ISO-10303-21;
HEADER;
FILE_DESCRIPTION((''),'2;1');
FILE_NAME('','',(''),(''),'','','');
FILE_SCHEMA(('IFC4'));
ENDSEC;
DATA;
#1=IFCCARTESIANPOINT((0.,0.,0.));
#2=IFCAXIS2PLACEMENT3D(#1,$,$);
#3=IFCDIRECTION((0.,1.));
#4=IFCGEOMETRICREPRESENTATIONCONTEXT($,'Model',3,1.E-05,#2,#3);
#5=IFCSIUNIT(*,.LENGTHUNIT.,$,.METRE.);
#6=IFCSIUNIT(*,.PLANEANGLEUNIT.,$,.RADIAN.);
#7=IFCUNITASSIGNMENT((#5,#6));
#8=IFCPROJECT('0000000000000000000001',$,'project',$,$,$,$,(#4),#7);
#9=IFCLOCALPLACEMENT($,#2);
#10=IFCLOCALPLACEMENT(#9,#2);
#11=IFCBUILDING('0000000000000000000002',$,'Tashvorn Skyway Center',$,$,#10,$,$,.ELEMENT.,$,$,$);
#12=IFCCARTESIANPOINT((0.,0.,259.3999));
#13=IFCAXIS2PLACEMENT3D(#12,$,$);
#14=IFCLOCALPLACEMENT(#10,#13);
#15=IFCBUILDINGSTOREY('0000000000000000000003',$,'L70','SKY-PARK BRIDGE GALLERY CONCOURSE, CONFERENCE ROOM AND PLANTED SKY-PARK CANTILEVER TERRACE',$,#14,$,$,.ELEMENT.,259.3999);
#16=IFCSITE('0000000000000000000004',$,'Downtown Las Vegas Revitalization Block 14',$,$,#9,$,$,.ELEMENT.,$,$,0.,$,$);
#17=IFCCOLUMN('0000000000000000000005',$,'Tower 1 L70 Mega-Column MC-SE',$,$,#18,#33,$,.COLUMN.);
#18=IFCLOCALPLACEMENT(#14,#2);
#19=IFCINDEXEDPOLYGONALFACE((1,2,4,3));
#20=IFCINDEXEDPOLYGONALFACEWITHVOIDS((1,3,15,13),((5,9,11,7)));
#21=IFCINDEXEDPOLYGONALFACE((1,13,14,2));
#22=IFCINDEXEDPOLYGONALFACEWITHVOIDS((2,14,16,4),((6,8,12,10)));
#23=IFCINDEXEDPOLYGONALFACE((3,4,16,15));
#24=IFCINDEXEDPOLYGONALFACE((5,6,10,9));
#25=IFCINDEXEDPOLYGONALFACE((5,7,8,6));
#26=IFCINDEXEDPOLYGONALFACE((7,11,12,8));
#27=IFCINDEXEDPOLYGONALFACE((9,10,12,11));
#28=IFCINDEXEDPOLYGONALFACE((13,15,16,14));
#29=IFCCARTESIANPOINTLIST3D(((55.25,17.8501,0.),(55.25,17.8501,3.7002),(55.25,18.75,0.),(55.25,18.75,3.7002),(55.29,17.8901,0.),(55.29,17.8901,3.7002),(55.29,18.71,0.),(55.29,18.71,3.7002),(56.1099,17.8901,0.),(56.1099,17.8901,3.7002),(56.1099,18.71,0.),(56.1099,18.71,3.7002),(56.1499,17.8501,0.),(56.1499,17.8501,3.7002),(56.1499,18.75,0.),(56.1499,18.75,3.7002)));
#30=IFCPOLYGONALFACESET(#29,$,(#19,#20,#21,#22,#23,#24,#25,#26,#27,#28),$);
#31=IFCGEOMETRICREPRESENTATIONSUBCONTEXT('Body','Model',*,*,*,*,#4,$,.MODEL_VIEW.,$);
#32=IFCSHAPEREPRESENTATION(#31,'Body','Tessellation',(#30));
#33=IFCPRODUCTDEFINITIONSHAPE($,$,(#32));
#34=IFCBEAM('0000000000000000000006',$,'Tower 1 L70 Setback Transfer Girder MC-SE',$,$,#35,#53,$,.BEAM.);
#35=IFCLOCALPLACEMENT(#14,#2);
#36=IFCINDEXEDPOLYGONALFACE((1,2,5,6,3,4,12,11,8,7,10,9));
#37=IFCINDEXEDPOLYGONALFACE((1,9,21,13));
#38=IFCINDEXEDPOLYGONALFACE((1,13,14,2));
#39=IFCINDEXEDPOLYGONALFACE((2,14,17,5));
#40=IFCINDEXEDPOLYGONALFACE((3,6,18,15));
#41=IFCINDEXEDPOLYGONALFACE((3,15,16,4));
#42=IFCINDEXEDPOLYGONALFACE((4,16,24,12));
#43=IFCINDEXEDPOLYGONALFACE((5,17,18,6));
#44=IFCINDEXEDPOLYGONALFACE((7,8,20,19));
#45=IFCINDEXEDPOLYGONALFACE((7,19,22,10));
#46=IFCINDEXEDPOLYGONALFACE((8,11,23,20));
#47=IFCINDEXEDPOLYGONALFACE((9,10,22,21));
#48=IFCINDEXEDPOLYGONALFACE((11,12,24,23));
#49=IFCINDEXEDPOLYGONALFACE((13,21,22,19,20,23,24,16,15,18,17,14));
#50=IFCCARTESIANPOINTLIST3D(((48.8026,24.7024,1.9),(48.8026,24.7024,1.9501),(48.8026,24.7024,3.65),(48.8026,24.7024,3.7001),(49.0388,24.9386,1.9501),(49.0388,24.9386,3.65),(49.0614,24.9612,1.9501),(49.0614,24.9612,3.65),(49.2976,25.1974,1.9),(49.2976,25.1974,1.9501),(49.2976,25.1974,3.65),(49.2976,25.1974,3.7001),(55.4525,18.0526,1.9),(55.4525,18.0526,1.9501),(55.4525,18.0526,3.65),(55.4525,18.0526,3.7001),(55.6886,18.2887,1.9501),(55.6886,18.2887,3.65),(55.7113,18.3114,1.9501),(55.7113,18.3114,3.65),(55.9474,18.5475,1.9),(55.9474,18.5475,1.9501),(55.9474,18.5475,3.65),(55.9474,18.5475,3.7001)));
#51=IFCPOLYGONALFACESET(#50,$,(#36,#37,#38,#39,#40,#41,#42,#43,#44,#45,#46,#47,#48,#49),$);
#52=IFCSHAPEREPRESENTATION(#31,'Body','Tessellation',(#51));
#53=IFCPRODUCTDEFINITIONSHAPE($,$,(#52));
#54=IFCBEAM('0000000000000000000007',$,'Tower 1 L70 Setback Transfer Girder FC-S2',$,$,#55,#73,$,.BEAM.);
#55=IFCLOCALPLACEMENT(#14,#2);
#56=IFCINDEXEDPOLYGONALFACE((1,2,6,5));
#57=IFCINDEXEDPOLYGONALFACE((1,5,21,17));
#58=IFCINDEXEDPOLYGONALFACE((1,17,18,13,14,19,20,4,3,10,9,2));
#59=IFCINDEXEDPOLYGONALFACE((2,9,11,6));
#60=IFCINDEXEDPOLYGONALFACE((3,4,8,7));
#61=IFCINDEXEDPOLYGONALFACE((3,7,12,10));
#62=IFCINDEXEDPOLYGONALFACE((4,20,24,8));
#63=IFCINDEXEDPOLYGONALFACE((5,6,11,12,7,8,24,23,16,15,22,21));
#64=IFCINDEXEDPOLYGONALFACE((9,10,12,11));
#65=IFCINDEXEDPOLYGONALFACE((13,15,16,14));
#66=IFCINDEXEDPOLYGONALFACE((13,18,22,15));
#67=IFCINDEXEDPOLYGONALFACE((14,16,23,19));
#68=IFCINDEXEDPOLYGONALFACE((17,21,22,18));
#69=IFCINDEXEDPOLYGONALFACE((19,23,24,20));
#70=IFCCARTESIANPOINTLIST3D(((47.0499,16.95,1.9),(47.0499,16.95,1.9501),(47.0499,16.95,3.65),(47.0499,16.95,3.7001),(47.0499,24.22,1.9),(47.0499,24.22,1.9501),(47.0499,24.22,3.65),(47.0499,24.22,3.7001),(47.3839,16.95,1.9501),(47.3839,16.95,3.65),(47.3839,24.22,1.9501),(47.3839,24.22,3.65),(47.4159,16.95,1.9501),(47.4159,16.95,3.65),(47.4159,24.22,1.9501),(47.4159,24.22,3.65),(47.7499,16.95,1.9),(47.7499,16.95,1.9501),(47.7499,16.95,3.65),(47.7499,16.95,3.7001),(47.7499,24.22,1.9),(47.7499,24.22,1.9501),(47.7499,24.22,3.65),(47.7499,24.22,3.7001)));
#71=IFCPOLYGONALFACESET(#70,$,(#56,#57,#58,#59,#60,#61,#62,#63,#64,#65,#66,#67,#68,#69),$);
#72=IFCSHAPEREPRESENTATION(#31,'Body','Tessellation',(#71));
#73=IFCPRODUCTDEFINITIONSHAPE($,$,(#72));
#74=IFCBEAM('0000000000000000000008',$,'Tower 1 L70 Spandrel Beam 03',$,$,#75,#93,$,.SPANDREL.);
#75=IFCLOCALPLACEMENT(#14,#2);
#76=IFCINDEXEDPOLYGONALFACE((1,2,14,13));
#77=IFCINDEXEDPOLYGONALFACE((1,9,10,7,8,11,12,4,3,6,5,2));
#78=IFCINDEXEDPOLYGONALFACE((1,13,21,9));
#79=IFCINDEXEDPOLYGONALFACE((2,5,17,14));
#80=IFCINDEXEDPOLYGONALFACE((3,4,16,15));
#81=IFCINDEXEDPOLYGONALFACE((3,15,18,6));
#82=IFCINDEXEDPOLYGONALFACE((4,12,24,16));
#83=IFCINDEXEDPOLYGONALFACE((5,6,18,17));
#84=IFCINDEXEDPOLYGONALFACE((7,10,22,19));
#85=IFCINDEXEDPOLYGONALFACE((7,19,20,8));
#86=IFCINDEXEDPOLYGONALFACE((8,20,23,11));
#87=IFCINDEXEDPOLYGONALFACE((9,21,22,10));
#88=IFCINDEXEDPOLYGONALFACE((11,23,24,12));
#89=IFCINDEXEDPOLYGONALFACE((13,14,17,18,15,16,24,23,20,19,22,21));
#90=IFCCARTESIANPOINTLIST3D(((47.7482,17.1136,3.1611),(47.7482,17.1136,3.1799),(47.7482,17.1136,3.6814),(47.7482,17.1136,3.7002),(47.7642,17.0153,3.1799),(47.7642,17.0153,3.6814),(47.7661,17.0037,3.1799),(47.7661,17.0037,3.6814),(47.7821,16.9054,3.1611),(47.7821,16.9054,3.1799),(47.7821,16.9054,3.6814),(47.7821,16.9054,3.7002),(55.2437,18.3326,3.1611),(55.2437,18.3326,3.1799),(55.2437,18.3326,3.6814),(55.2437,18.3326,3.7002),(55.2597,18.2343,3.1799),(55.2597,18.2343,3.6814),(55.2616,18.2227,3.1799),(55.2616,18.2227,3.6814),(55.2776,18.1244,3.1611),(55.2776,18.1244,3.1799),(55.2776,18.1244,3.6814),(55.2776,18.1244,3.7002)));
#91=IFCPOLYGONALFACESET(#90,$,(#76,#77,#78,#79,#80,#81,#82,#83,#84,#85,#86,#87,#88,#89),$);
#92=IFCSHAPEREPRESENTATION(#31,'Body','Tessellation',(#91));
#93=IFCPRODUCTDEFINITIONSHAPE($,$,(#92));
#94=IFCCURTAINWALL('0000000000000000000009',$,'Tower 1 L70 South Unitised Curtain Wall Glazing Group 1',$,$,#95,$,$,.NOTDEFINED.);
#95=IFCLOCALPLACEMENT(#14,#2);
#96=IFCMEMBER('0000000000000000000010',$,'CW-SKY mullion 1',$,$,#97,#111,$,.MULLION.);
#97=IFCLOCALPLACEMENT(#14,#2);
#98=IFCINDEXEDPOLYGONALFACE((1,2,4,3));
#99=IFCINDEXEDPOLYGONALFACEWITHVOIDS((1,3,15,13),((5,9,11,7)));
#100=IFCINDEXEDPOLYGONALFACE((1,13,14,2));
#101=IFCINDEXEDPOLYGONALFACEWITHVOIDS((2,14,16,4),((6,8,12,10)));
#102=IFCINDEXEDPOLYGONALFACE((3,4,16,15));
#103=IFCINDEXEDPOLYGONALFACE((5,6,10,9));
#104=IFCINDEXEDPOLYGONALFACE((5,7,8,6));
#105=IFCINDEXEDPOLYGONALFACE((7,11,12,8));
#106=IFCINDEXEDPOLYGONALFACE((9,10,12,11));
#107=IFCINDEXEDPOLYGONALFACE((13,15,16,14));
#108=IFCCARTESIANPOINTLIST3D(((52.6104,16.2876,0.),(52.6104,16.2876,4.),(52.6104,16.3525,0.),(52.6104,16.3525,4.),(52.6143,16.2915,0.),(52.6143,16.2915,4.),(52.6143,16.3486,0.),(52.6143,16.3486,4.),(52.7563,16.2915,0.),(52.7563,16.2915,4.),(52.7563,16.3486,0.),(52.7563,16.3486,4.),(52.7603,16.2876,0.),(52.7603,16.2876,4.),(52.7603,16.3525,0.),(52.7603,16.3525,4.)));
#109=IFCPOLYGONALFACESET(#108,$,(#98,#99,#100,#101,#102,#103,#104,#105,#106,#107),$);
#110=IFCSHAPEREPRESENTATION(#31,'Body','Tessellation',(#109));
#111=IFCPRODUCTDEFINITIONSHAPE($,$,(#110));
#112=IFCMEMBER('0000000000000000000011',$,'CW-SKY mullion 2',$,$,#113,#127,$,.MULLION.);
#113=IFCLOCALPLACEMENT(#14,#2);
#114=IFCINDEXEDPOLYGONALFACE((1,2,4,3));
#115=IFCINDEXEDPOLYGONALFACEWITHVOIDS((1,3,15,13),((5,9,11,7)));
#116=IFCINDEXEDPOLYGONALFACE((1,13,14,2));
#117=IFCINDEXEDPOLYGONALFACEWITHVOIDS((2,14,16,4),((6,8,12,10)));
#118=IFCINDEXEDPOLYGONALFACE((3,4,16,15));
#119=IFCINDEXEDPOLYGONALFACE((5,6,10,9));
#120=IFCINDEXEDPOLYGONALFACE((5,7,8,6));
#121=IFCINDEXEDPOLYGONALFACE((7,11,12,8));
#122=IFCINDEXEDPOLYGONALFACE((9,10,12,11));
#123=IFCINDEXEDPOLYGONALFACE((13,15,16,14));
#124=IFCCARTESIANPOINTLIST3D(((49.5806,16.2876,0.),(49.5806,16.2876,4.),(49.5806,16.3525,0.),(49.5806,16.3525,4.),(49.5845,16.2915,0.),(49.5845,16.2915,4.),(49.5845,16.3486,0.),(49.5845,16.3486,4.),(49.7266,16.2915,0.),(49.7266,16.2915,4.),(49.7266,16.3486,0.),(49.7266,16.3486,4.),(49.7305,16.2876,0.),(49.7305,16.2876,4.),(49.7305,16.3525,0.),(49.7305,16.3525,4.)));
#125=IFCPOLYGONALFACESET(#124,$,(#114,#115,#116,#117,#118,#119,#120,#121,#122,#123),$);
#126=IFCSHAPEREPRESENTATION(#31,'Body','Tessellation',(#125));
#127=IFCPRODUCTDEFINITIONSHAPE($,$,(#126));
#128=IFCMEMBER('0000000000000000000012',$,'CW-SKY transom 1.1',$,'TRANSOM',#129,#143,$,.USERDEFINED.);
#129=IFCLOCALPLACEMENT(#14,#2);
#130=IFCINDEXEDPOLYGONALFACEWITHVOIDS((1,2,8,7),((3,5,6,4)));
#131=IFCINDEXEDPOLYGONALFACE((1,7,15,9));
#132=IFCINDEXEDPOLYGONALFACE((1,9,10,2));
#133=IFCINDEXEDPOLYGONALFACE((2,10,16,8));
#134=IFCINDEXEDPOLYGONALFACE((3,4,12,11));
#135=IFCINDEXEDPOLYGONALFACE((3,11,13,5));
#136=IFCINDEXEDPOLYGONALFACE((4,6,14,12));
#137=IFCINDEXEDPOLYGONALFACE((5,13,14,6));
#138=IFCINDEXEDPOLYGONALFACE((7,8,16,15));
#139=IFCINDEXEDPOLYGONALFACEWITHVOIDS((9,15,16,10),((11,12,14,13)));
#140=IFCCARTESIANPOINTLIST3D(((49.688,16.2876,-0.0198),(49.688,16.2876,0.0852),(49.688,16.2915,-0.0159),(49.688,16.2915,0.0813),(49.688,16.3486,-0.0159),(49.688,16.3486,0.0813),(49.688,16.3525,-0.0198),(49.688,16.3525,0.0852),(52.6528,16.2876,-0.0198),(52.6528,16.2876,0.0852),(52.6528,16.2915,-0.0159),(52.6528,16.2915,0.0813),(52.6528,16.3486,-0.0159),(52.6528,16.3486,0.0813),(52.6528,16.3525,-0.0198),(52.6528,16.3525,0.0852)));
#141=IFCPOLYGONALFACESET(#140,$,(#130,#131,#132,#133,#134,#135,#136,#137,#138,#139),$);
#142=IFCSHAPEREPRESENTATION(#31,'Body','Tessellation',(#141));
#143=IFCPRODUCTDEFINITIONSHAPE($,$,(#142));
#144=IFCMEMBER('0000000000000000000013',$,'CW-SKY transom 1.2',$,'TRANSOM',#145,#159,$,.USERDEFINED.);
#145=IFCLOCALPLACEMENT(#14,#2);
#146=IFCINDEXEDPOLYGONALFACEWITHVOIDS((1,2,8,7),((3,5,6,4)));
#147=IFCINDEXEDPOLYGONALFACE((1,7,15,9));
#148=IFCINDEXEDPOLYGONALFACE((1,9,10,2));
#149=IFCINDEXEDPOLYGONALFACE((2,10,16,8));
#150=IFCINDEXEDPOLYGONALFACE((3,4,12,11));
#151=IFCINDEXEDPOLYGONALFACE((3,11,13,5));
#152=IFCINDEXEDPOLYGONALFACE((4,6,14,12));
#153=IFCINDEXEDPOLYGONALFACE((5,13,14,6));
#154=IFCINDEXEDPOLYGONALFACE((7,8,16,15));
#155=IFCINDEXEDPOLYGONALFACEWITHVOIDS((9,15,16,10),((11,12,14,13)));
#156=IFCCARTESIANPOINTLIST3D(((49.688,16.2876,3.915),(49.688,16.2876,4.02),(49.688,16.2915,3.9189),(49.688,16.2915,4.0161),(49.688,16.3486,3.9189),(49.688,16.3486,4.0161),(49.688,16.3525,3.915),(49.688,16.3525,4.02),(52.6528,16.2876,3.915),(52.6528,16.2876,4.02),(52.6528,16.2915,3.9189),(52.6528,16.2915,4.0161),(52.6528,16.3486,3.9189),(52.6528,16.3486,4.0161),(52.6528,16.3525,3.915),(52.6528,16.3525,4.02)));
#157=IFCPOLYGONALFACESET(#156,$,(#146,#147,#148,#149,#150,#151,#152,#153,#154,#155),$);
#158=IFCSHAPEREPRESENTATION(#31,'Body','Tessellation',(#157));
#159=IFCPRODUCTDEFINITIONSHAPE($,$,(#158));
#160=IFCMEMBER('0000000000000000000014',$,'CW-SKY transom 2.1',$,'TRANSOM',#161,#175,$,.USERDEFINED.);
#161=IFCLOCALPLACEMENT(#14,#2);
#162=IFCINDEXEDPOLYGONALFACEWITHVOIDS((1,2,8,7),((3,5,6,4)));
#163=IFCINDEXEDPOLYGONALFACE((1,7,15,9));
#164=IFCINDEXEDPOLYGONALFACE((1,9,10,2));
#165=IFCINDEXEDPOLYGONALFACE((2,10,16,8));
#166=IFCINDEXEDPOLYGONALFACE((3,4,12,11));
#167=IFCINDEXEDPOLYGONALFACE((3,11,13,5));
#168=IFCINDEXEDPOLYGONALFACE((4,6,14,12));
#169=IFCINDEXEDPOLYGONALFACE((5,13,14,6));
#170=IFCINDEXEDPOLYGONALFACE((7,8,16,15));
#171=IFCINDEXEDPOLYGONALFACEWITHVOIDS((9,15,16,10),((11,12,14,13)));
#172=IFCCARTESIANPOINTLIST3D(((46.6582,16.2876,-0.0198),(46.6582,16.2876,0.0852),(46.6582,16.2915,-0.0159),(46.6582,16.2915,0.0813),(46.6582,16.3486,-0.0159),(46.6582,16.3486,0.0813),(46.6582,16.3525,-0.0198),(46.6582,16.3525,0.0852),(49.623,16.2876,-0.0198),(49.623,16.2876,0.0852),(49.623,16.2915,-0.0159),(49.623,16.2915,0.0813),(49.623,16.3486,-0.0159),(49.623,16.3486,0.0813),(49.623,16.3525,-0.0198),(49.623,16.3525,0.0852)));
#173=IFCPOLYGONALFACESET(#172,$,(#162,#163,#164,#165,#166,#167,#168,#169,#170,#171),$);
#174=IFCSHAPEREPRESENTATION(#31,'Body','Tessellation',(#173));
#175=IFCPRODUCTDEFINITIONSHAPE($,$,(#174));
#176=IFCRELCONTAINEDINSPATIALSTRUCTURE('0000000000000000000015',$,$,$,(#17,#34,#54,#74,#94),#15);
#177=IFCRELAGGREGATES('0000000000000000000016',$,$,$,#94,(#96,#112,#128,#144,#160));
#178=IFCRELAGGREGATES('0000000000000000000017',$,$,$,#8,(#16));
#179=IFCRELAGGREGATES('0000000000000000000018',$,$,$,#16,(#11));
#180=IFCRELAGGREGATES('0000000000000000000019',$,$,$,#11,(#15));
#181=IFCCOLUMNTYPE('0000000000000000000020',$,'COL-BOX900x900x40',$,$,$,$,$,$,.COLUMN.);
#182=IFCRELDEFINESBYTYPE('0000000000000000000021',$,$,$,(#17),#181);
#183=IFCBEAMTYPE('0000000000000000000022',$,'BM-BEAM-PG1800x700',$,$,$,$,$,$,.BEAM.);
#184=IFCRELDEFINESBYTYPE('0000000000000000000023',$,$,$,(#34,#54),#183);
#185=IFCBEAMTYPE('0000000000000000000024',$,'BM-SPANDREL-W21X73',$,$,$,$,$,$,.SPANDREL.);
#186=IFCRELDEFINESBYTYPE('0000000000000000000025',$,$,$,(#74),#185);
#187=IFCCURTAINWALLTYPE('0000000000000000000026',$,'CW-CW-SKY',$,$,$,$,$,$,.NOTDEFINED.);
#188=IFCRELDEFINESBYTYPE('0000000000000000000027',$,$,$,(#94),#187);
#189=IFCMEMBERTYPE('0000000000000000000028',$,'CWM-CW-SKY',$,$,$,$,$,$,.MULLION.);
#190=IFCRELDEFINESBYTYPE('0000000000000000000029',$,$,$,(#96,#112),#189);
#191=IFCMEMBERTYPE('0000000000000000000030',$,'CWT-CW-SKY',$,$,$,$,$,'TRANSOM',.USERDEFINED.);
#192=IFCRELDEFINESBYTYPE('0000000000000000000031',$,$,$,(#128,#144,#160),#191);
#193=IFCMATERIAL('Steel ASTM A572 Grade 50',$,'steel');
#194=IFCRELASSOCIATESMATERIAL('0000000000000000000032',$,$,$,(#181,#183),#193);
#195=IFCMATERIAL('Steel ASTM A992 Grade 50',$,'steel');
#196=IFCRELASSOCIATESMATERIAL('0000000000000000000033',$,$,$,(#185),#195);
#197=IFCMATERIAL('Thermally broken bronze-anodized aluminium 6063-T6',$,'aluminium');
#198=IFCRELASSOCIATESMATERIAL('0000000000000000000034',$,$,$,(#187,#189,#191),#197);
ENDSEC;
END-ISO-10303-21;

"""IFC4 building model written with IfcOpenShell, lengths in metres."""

from ifc_helpers import new_model, si_unit, direction, frame, origin, origin_2d, place, context, subcontext, project, spatial, hollow_rectangle, i_section, extrude, material, material_profile, profile_set, type_object, element, aggregate, save


model = new_model("IFC4")

# Units and contexts
model_context = context("Model", 3, precision=1e-05, world=origin(), true_north=direction((0.0, 1.0)))
body_context = subcontext(model_context, "Body", "Model", "MODEL_VIEW")
ifc_project = project(units=[si_unit("LENGTHUNIT", "METRE"), si_unit("PLANEANGLEUNIT", "RADIAN")], contexts=[model_context])

# Site, building, storey
site_placement = place(None, origin())
site = spatial("IfcSite", under=ifc_project, at=site_placement, Name="Downtown Las Vegas Revitalization Block 14", CompositionType="ELEMENT", RefElevation=0.0)
building_placement = place(site_placement, origin())
building = spatial("IfcBuilding", under=site, at=building_placement, Name="Tashvorn Skyway Center", CompositionType="ELEMENT")
storey_placement = place(building_placement, frame((0.0, 0.0, 259.3999)))
storey = spatial("IfcBuildingStorey", under=building, at=storey_placement, Name="L70", Description="SKY-PARK BRIDGE GALLERY CONCOURSE, CONFERENCE ROOM AND PLANTED SKY-PARK CANTILEVER TERRACE", CompositionType="ELEMENT", Elevation=259.3999)

# Column
ifc_material_1 = material(Name="Steel ASTM A572 Grade 50", Category="steel")
ifc_material_profile_1 = material_profile(ifc_material_1, hollow_rectangle(XDim=0.8999, YDim=0.8999, WallThickness=0.04, at=origin_2d()), Name="BOX900x900x40")
ifc_profile_set_1 = profile_set([ifc_material_profile_1], Name="Steel ASTM A572 Grade 50")
column_type = type_object("IfcColumnType", Name="COL-BOX900x900x40", PredefinedType="COLUMN", material=ifc_profile_set_1)
column_placement = place(storey_placement, frame((55.7, 18.3, 0.0), z_axis=(0.0, 0.0, 1.0), x_axis=(1.0, 0.0, 0.0)))
element("IfcColumn", 1, at=column_placement, inside=storey, type_object=column_type, Name="Tower 1 L70 Mega-Column MC-SE", PredefinedType="COLUMN", context=body_context, shape_type="SweptSolid", body=[
    extrude(hollow_rectangle(XDim=0.8999, YDim=0.8999, WallThickness=0.04, at=origin_2d()), origin(), (0.0, 0.0, 1.0), 3.7002),
])

# Beams
ifc_material_profile_2 = material_profile(ifc_material_1, i_section(OverallWidth=0.7, OverallDepth=1.8, WebThickness=0.032, FlangeThickness=0.05, at=origin_2d()), Name="PG1800x700")
ifc_profile_set_2 = profile_set([ifc_material_profile_2], Name="Steel ASTM A572 Grade 50")
beam_type_1 = type_object("IfcBeamType", Name="BM-BEAM-PG1800x700", PredefinedType="BEAM", material=ifc_profile_set_2)
beam_1_placement = place(storey_placement, frame((55.7, 18.3, 2.8), z_axis=(-0.707107, 0.707107, 0.0), x_axis=(-0.707107, -0.707107, 0.0)))
element("IfcBeam", 2, at=beam_1_placement, inside=storey, type_object=beam_type_1, Name="Tower 1 L70 Setback Transfer Girder MC-SE", PredefinedType="BEAM", context=body_context, shape_type="SweptSolid", body=[
    extrude(i_section(OverallWidth=0.7, OverallDepth=1.8, WebThickness=0.032, FlangeThickness=0.05, at=origin_2d()), origin(), (0.0, 0.0, 1.0), 9.4043),
])
beam_2_placement = place(storey_placement, frame((47.3999, 16.95, 2.8), z_axis=(0.0, 1.0, 0.0), x_axis=(-1.0, 0.0, 0.0)))
element("IfcBeam", 3, at=beam_2_placement, inside=storey, type_object=beam_type_1, Name="Tower 1 L70 Setback Transfer Girder FC-S2", PredefinedType="BEAM", context=body_context, shape_type="SweptSolid", body=[
    extrude(i_section(OverallWidth=0.7, OverallDepth=1.8, WebThickness=0.032, FlangeThickness=0.05, at=origin_2d()), origin(), (0.0, 0.0, 1.0), 7.27),
])
ifc_material_2 = material(Name="Steel ASTM A992 Grade 50", Category="steel")
ifc_material_profile_3 = material_profile(ifc_material_2, i_section(OverallWidth=0.2109, OverallDepth=0.5391, WebThickness=0.0117, FlangeThickness=0.0188, at=origin_2d()), Name="W21X73")
ifc_profile_set_3 = profile_set([ifc_material_profile_3], Name="Steel ASTM A992 Grade 50")
beam_type_2 = type_object("IfcBeamType", Name="BM-SPANDREL-W21X73", PredefinedType="SPANDREL", material=ifc_profile_set_3)
beam_3_placement = place(storey_placement, frame((47.7651, 17.0095, 3.4307), z_axis=(0.987033, 0.160519, 0.0), x_axis=(-0.160519, 0.987033, 0.0)))
element("IfcBeam", 4, at=beam_3_placement, inside=storey, type_object=beam_type_2, Name="Tower 1 L70 Spandrel Beam 03", PredefinedType="SPANDREL", context=body_context, shape_type="SweptSolid", body=[
    extrude(i_section(OverallWidth=0.2109, OverallDepth=0.5391, WebThickness=0.0117, FlangeThickness=0.0188, at=origin_2d()), origin(), (0.0, 0.0, 1.0), 7.594),
])

# Curtain wall, members
ifc_material_3 = material(Name="Thermally broken bronze-anodized aluminium 6063-T6", Category="aluminium")
curtain_wall_type = type_object("IfcCurtainWallType", Name="CW-CW-SKY", PredefinedType="NOTDEFINED", material=ifc_material_3)
curtain_wall_placement = place(storey_placement, origin())
curtain_wall = element("IfcCurtainWall", 5, at=curtain_wall_placement, inside=storey, type_object=curtain_wall_type, Name="Tower 1 L70 South Unitised Curtain Wall Glazing Group 1", PredefinedType="NOTDEFINED")
ifc_material_profile_4 = material_profile(ifc_material_3, hollow_rectangle(XDim=0.0649, YDim=0.1499, WallThickness=0.0039, at=origin_2d()), Name="ALU-MULL-65x150")
ifc_profile_set_4 = profile_set([ifc_material_profile_4], Name="Thermally broken bronze-anodized aluminium 6063-T6")
member_type_1 = type_object("IfcMemberType", Name="CWM-CW-SKY", PredefinedType="MULLION", material=ifc_profile_set_4)
member_1_placement = place(storey_placement, frame((52.6853, 16.3201, 0.0), z_axis=(0.0, 0.0, 1.0), x_axis=(0.0, -1.0, 0.0)))
member_1 = element("IfcMember", 6, at=member_1_placement, type_object=member_type_1, Name="CW-SKY mullion 1", PredefinedType="MULLION", context=body_context, shape_type="SweptSolid", body=[
    extrude(hollow_rectangle(XDim=0.0649, YDim=0.1499, WallThickness=0.0039, at=origin_2d()), origin(), (0.0, 0.0, 1.0), 4.0),
])
member_2_placement = place(storey_placement, frame((49.6555, 16.3201, 0.0), z_axis=(0.0, 0.0, 1.0), x_axis=(0.0, -1.0, 0.0)))
member_2 = element("IfcMember", 7, at=member_2_placement, type_object=member_type_1, Name="CW-SKY mullion 2", PredefinedType="MULLION", context=body_context, shape_type="SweptSolid", body=[
    extrude(hollow_rectangle(XDim=0.0649, YDim=0.1499, WallThickness=0.0039, at=origin_2d()), origin(), (0.0, 0.0, 1.0), 4.0),
])
ifc_material_profile_5 = material_profile(ifc_material_3, hollow_rectangle(XDim=0.0649, YDim=0.105, WallThickness=0.0039, at=origin_2d()), Name="ALU-TRAN-65x105")
ifc_profile_set_5 = profile_set([ifc_material_profile_5], Name="Thermally broken bronze-anodized aluminium 6063-T6")
member_type_2 = type_object("IfcMemberType", Name="CWT-CW-SKY", ElementType="TRANSOM", PredefinedType="USERDEFINED", material=ifc_profile_set_5)
member_3_placement = place(storey_placement, frame((52.6528, 16.3201, 0.0327), z_axis=(-1.0, 0.0, 0.0), x_axis=(0.0, -1.0, 0.0)))
member_3 = element("IfcMember", 8, at=member_3_placement, type_object=member_type_2, Name="CW-SKY transom 1.1", ObjectType="TRANSOM", PredefinedType="USERDEFINED", context=body_context, shape_type="SweptSolid", body=[
    extrude(hollow_rectangle(XDim=0.0649, YDim=0.105, WallThickness=0.0039, at=origin_2d()), origin(), (0.0, 0.0, 1.0), 2.9648),
])
member_4_placement = place(storey_placement, frame((52.6528, 16.3201, 3.9675), z_axis=(-1.0, 0.0, 0.0), x_axis=(0.0, -1.0, 0.0)))
member_4 = element("IfcMember", 9, at=member_4_placement, type_object=member_type_2, Name="CW-SKY transom 1.2", ObjectType="TRANSOM", PredefinedType="USERDEFINED", context=body_context, shape_type="SweptSolid", body=[
    extrude(hollow_rectangle(XDim=0.0649, YDim=0.105, WallThickness=0.0039, at=origin_2d()), origin(), (0.0, 0.0, 1.0), 2.9648),
])
member_5_placement = place(storey_placement, frame((49.623, 16.3201, 0.0327), z_axis=(-1.0, 0.0, 0.0), x_axis=(0.0, -1.0, 0.0)))
member_5 = element("IfcMember", 10, at=member_5_placement, type_object=member_type_2, Name="CW-SKY transom 2.1", ObjectType="TRANSOM", PredefinedType="USERDEFINED", context=body_context, shape_type="SweptSolid", body=[
    extrude(hollow_rectangle(XDim=0.0649, YDim=0.105, WallThickness=0.0039, at=origin_2d()), origin(), (0.0, 0.0, 1.0), 2.9648),
])
aggregate(curtain_wall, [member_1, member_2, member_3, member_4, member_5])

save(model, "model.ifc")
